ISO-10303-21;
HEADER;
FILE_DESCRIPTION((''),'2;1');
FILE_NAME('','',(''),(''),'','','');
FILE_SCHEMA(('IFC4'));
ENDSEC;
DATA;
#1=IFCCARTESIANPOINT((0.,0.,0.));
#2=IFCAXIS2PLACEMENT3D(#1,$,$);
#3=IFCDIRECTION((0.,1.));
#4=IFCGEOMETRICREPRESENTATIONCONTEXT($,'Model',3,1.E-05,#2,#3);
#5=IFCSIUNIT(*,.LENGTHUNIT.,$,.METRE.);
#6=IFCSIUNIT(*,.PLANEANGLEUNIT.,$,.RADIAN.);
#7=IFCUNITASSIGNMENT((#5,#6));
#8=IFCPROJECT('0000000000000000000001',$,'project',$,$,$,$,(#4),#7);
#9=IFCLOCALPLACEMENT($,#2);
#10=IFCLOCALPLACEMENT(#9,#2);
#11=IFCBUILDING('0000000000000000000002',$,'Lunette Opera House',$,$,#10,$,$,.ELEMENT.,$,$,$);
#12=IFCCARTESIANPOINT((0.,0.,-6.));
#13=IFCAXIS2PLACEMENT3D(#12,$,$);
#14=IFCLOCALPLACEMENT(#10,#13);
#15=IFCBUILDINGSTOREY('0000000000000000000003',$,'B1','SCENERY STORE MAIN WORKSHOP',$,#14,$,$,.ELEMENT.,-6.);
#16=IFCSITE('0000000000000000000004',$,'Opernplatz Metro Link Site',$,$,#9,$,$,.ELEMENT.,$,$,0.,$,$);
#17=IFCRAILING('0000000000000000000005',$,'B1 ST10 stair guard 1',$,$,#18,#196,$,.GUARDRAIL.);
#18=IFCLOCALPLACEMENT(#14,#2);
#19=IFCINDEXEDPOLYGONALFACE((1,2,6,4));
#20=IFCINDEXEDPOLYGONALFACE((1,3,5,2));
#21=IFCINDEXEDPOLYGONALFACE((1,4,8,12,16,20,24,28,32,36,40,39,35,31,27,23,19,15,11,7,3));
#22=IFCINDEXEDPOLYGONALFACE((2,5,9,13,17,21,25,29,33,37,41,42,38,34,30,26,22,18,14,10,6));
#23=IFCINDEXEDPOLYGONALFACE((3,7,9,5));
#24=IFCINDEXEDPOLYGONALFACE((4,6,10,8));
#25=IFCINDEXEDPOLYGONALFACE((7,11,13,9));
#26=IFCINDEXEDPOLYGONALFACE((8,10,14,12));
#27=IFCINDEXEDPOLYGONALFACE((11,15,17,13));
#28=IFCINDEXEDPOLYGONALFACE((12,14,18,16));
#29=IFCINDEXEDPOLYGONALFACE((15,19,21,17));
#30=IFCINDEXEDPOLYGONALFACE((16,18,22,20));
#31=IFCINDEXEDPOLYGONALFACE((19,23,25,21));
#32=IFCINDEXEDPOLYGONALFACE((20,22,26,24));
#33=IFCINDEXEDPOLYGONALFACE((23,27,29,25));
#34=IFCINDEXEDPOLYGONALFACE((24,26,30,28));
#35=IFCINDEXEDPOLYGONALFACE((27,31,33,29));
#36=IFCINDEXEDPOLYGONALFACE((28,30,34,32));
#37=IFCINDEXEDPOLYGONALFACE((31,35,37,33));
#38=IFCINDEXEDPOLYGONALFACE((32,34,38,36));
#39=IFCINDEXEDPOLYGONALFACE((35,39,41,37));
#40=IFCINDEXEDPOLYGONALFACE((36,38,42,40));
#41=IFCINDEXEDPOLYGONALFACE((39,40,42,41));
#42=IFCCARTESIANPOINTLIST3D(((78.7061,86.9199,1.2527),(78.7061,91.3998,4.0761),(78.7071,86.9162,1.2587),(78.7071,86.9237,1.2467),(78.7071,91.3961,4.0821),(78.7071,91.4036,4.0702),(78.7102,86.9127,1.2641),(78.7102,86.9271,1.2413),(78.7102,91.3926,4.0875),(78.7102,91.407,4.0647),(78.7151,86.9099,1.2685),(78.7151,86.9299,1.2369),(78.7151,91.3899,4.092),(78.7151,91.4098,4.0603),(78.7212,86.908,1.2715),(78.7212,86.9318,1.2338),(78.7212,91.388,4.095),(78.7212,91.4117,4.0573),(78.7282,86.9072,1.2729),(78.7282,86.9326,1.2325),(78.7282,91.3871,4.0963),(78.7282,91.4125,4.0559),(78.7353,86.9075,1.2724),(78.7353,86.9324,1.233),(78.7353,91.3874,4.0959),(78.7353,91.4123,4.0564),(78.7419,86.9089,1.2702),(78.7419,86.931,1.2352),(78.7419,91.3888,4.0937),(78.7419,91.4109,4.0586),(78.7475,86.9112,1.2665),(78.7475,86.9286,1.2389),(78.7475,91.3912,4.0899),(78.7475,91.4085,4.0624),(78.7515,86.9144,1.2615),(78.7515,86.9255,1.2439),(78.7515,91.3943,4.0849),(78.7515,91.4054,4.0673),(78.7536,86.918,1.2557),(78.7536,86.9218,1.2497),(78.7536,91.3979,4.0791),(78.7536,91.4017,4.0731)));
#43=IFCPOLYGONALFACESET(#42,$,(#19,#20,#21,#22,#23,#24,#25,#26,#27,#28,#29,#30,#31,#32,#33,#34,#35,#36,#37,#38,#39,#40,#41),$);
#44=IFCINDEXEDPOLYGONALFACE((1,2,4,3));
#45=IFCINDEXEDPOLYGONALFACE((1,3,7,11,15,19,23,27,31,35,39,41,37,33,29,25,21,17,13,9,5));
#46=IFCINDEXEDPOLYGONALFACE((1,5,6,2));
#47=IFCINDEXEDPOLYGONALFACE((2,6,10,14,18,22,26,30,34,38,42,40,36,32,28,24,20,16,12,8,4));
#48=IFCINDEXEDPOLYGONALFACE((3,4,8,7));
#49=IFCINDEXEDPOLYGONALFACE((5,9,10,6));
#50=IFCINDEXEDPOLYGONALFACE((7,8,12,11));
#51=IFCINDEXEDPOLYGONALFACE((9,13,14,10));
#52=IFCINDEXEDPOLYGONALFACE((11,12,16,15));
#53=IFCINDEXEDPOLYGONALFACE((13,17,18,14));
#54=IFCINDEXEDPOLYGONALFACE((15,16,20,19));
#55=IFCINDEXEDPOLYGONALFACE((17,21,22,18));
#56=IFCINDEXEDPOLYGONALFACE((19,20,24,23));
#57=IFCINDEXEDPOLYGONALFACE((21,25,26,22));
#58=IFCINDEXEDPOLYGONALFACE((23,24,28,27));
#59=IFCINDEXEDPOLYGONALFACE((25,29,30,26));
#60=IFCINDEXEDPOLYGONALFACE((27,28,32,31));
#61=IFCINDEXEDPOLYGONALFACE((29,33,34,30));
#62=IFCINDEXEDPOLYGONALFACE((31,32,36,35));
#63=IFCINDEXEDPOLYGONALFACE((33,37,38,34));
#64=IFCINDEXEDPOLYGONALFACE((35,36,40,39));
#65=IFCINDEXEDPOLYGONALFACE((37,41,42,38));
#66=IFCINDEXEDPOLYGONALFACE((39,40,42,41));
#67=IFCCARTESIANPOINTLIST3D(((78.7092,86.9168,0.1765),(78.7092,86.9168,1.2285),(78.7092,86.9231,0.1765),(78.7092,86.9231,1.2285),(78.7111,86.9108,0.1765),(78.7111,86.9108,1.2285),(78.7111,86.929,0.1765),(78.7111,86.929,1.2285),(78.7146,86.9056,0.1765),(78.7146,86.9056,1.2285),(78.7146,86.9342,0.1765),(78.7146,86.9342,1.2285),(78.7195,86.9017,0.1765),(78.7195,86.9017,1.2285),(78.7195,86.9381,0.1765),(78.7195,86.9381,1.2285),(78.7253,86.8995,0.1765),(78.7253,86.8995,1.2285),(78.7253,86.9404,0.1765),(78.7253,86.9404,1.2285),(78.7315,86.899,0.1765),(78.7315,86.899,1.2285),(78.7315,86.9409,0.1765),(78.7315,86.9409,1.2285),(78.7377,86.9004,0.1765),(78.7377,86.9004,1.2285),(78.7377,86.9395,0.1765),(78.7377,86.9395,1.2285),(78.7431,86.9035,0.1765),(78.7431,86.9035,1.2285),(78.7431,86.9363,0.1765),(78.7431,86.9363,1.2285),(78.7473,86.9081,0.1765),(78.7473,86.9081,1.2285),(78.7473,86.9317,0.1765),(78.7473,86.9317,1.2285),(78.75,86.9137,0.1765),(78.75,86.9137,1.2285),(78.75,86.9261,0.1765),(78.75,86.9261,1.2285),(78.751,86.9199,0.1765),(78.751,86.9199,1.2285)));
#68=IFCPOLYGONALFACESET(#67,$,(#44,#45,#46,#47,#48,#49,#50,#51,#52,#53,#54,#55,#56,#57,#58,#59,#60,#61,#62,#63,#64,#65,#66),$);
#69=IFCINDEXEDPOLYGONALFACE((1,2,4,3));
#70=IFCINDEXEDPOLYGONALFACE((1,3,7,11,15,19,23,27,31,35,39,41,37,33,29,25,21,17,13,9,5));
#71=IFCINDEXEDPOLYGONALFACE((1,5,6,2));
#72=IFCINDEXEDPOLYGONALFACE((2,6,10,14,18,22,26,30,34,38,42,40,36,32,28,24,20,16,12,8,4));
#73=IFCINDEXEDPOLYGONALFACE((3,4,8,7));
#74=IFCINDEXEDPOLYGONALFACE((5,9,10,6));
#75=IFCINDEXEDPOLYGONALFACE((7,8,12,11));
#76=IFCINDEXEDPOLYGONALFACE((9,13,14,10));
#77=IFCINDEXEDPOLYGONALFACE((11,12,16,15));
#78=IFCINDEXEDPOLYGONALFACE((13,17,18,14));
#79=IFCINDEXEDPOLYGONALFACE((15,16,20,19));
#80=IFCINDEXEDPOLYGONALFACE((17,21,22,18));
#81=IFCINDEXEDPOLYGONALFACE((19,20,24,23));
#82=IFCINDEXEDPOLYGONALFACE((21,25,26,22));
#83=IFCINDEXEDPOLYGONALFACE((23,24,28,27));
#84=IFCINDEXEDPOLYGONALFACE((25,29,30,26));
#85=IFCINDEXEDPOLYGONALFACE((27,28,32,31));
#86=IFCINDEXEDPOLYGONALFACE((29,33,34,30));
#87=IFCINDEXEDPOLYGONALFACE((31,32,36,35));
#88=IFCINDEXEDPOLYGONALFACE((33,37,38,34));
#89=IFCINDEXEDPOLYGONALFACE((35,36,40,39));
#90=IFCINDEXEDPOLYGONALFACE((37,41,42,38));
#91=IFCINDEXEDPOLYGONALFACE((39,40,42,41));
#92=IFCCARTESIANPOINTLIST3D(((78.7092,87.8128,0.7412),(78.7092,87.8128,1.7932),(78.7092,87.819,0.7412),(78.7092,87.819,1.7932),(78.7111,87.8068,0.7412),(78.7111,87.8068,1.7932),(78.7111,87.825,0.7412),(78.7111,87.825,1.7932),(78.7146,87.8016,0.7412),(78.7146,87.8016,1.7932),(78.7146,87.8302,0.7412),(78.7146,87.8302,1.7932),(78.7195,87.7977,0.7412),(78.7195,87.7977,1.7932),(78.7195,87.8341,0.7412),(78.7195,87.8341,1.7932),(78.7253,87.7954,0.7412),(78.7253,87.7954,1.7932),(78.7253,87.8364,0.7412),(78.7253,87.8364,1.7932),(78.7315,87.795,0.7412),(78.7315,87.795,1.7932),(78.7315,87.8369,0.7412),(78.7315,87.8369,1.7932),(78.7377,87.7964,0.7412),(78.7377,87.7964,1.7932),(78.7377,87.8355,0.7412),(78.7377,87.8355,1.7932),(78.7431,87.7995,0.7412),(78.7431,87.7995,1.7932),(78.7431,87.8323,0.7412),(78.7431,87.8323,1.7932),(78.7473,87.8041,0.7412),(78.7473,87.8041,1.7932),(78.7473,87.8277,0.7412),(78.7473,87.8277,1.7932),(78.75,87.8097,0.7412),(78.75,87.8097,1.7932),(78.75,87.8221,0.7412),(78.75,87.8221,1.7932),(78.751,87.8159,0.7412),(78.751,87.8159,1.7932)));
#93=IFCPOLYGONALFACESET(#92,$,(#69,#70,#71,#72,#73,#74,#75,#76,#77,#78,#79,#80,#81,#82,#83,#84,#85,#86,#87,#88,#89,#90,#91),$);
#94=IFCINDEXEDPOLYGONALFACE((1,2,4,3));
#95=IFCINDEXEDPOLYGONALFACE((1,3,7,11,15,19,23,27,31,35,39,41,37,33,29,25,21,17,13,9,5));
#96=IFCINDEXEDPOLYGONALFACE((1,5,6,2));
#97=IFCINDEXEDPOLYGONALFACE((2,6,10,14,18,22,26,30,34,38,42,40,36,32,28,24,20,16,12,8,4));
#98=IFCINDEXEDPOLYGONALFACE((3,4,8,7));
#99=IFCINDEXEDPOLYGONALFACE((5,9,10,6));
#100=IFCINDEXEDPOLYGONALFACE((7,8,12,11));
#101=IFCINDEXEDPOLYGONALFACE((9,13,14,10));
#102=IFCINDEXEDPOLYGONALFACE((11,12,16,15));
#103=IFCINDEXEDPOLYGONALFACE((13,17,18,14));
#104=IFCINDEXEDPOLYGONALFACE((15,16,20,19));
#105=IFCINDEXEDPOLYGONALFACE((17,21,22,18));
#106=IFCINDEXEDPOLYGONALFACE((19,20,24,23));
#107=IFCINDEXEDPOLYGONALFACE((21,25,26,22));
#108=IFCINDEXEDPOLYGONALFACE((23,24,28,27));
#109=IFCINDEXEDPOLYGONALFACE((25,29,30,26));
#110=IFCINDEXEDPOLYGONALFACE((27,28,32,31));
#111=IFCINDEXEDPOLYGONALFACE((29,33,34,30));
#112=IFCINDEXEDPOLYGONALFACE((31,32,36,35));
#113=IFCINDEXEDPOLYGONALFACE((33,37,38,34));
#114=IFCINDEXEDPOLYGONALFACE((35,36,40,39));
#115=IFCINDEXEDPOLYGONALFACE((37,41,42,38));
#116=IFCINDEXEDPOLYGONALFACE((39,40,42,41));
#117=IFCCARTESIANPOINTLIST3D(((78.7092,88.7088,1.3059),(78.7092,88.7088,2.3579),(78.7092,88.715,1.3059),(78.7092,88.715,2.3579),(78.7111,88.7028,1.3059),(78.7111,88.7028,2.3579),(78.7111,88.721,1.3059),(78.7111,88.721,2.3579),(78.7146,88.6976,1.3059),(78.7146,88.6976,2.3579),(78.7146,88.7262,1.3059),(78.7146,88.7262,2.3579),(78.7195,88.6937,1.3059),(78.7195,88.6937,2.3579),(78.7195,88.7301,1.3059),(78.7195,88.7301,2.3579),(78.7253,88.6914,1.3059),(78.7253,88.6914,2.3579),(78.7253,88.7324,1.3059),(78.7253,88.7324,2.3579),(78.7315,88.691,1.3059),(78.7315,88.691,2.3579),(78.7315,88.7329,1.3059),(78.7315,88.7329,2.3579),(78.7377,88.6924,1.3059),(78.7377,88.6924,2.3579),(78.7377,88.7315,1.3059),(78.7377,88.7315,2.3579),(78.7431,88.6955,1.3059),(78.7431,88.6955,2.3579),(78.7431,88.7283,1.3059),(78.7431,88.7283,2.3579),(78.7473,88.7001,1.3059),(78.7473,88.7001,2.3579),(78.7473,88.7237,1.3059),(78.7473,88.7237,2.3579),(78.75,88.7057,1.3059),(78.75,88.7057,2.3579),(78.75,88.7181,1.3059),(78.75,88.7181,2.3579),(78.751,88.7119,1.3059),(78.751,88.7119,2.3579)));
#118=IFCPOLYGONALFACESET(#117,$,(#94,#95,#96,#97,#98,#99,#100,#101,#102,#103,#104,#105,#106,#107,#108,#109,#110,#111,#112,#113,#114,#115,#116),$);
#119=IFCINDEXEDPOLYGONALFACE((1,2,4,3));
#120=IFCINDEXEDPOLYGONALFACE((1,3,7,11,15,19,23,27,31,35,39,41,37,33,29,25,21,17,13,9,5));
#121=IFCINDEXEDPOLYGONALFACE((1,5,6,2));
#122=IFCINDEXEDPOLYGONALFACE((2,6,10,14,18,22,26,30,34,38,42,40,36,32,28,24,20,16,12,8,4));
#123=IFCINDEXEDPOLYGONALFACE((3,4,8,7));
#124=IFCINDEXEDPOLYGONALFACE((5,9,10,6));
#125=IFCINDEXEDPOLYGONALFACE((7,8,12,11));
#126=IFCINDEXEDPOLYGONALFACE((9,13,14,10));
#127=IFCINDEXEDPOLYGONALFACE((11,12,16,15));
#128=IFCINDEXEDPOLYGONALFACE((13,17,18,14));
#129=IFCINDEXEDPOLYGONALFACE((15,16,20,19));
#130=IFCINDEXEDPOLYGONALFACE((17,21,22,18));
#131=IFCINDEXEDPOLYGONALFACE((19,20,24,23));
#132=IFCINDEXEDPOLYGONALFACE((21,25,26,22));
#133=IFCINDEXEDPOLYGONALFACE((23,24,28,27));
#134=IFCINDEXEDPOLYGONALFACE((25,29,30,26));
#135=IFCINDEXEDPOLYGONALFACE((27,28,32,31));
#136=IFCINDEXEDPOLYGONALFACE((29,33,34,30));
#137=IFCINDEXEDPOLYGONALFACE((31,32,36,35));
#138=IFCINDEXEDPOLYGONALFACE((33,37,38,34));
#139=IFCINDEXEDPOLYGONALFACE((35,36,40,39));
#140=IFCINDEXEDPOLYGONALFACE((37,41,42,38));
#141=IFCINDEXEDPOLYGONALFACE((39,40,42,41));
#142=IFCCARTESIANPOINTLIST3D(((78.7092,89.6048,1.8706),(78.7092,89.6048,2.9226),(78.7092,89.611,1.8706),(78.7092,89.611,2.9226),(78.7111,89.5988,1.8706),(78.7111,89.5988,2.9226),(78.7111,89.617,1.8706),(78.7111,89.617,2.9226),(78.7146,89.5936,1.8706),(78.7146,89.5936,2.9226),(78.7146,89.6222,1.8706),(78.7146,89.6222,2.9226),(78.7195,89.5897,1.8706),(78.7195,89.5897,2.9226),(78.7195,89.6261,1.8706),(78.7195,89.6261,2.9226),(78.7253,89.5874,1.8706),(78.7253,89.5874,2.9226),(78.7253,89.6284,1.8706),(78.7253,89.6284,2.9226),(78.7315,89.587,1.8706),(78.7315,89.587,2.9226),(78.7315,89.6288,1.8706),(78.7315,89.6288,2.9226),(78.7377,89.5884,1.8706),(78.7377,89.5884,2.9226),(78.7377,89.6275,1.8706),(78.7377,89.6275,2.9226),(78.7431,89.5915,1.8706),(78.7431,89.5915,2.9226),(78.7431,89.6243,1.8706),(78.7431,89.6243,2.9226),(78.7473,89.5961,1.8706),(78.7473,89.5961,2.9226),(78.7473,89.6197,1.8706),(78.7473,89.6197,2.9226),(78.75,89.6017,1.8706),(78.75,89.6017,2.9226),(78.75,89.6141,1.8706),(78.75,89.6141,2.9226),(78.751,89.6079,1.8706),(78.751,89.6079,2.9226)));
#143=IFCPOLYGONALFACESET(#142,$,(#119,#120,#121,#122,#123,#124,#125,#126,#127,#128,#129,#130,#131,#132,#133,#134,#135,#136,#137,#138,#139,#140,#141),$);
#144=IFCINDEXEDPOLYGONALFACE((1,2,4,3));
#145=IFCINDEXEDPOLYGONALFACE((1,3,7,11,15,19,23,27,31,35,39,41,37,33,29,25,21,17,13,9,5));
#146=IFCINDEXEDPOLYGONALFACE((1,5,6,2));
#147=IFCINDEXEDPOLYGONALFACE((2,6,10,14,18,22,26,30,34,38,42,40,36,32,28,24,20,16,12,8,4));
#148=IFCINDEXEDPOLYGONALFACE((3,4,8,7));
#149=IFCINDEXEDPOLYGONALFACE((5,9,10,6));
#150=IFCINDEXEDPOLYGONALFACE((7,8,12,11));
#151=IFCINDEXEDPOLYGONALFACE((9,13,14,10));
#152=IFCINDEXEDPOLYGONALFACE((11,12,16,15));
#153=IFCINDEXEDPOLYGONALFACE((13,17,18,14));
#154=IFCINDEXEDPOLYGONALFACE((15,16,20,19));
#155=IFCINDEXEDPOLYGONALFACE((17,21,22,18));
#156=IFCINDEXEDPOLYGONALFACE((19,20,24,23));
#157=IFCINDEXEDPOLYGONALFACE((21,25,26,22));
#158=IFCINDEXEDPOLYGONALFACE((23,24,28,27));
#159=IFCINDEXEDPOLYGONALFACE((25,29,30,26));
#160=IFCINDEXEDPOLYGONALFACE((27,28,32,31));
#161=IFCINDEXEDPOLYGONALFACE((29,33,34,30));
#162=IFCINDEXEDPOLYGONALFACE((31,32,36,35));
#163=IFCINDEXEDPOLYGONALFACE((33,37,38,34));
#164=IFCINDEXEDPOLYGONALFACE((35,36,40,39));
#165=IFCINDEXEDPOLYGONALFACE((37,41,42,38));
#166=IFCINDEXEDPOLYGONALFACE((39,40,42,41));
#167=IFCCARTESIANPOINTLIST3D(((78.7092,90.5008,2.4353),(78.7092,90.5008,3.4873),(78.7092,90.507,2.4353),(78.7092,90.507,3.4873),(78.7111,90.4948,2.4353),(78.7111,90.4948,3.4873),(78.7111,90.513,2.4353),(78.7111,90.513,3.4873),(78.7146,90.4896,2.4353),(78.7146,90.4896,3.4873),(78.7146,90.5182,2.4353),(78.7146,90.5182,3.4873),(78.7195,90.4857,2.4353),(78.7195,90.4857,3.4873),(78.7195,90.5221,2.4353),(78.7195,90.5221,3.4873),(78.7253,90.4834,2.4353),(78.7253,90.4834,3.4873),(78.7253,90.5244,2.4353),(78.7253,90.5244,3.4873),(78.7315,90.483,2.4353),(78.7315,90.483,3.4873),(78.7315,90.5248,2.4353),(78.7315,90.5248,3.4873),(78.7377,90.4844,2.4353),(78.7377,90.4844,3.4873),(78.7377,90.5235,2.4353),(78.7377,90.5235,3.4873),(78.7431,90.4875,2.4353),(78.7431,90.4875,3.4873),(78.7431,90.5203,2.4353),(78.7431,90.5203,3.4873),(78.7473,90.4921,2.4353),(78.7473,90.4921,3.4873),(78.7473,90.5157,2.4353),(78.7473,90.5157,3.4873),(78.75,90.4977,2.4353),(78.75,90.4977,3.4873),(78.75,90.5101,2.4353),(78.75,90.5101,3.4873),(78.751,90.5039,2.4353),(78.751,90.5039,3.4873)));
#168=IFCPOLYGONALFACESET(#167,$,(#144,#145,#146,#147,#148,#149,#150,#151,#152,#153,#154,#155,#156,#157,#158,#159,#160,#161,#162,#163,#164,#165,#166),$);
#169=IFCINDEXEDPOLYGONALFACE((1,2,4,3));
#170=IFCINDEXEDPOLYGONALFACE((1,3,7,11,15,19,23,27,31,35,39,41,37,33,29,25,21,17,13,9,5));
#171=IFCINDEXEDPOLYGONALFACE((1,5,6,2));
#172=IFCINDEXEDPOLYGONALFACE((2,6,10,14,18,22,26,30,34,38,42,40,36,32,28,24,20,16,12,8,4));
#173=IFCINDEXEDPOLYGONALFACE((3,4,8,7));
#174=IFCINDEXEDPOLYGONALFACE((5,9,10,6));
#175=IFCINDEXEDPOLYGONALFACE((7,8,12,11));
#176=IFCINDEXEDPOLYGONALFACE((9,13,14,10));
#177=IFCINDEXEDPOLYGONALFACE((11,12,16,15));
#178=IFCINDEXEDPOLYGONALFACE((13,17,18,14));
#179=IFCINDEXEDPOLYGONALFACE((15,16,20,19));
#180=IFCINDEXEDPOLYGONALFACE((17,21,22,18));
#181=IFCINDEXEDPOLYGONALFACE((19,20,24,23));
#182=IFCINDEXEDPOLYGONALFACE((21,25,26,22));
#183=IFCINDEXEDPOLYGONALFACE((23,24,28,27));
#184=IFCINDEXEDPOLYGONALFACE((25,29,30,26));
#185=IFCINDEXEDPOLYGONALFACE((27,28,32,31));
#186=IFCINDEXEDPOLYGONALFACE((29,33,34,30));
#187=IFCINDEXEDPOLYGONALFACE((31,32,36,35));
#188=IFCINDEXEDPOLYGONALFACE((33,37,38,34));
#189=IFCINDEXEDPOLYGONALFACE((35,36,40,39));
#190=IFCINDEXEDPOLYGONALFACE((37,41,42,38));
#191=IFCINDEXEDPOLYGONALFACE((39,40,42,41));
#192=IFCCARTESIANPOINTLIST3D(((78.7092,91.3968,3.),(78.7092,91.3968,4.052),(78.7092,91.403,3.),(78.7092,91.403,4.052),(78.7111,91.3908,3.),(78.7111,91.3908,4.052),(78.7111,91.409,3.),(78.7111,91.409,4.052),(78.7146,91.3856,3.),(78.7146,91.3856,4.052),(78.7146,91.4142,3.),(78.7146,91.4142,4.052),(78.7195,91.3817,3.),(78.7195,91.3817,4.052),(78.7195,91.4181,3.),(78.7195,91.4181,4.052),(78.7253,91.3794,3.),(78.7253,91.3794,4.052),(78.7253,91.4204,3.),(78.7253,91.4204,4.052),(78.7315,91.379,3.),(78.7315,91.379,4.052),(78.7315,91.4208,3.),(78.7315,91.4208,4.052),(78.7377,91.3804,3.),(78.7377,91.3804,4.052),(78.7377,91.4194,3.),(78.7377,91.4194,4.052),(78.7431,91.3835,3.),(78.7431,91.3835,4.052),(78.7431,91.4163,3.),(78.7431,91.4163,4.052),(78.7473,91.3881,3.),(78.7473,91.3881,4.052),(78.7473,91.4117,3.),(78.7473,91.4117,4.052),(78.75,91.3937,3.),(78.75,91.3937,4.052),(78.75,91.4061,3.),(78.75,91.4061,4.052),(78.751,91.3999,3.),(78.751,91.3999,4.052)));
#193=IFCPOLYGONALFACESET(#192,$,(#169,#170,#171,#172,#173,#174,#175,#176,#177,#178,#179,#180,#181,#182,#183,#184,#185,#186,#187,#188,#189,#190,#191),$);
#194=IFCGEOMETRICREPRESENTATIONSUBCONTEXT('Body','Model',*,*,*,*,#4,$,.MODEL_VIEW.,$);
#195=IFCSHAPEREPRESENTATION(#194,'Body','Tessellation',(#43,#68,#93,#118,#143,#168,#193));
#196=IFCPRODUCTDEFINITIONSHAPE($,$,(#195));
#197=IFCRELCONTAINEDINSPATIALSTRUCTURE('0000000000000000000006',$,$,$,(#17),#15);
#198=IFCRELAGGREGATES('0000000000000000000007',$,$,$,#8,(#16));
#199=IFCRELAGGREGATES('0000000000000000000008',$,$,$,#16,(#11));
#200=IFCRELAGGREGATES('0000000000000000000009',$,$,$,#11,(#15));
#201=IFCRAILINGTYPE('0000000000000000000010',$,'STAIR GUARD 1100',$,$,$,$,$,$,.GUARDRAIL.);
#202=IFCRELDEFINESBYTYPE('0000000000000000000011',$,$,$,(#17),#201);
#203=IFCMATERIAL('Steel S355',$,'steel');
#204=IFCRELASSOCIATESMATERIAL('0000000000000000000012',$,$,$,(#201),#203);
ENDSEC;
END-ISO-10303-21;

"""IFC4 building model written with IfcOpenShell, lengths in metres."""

from ifc_helpers import new_model, si_unit, direction, frame, origin, origin_2d, place, context, subcontext, project, spatial, circle, extrude, material, type_object, element, save


model = new_model("IFC4")

# Units and contexts
model_context = context("Model", 3, precision=1e-05, world=origin(), true_north=direction((0.0, 1.0)))
body_context = subcontext(model_context, "Body", "Model", "MODEL_VIEW")
ifc_project = project(units=[si_unit("LENGTHUNIT", "METRE"), si_unit("PLANEANGLEUNIT", "RADIAN")], contexts=[model_context])

# Site, building, storey
site_placement = place(None, origin())
site = spatial("IfcSite", under=ifc_project, at=site_placement, Name="Opernplatz Metro Link Site", CompositionType="ELEMENT", RefElevation=0.0)
building_placement = place(site_placement, origin())
building = spatial("IfcBuilding", under=site, at=building_placement, Name="Lunette Opera House", CompositionType="ELEMENT")
storey_placement = place(building_placement, frame((0.0, 0.0, -6.0)))
storey = spatial("IfcBuildingStorey", under=building, at=storey_placement, Name="B1", Description="SCENERY STORE MAIN WORKSHOP", CompositionType="ELEMENT", Elevation=-6.0)

# Railing
ifc_material_1 = material(Name="Steel S355", Category="steel")
railing_type_1 = type_object("IfcRailingType", Name="STAIR GUARD 1100", PredefinedType="GUARDRAIL", material=ifc_material_1)
railing_1_placement = place(storey_placement, frame((78.73, 86.9199, 0.1765)))
element("IfcRailing", 1, at=railing_1_placement, inside=storey, type_object=railing_type_1, Name="B1 ST10 stair guard 1", PredefinedType="GUARDRAIL", context=body_context, shape_type="SweptSolid", body=[
    extrude(circle(Radius=0.0239, at=origin_2d()), frame((0.0, 0.0, 1.0762), z_axis=(0.0, 0.845998, 0.533186), x_axis=(-1.0, 0.0, 0.0)), (0.0, 0.0, 1.0), 5.2954),
    extrude(circle(Radius=0.021, at=origin_2d()), origin(), (0.0, 0.0, 1.0), 1.052),
    extrude(circle(Radius=0.021, at=origin_2d()), frame((0.0, 0.896, 0.5647)), (0.0, 0.0, 1.0), 1.052),
    extrude(circle(Radius=0.021, at=origin_2d()), frame((0.0, 1.792, 1.1294)), (0.0, 0.0, 1.0), 1.052),
    extrude(circle(Radius=0.021, at=origin_2d()), frame((0.0, 2.688, 1.6941)), (0.0, 0.0, 1.0), 1.052),
    extrude(circle(Radius=0.021, at=origin_2d()), frame((0.0, 3.584, 2.2588)), (0.0, 0.0, 1.0), 1.052),
    extrude(circle(Radius=0.021, at=origin_2d()), frame((0.0, 4.48, 2.8235)), (0.0, 0.0, 1.0), 1.052),
])

save(model, "model.ifc")
